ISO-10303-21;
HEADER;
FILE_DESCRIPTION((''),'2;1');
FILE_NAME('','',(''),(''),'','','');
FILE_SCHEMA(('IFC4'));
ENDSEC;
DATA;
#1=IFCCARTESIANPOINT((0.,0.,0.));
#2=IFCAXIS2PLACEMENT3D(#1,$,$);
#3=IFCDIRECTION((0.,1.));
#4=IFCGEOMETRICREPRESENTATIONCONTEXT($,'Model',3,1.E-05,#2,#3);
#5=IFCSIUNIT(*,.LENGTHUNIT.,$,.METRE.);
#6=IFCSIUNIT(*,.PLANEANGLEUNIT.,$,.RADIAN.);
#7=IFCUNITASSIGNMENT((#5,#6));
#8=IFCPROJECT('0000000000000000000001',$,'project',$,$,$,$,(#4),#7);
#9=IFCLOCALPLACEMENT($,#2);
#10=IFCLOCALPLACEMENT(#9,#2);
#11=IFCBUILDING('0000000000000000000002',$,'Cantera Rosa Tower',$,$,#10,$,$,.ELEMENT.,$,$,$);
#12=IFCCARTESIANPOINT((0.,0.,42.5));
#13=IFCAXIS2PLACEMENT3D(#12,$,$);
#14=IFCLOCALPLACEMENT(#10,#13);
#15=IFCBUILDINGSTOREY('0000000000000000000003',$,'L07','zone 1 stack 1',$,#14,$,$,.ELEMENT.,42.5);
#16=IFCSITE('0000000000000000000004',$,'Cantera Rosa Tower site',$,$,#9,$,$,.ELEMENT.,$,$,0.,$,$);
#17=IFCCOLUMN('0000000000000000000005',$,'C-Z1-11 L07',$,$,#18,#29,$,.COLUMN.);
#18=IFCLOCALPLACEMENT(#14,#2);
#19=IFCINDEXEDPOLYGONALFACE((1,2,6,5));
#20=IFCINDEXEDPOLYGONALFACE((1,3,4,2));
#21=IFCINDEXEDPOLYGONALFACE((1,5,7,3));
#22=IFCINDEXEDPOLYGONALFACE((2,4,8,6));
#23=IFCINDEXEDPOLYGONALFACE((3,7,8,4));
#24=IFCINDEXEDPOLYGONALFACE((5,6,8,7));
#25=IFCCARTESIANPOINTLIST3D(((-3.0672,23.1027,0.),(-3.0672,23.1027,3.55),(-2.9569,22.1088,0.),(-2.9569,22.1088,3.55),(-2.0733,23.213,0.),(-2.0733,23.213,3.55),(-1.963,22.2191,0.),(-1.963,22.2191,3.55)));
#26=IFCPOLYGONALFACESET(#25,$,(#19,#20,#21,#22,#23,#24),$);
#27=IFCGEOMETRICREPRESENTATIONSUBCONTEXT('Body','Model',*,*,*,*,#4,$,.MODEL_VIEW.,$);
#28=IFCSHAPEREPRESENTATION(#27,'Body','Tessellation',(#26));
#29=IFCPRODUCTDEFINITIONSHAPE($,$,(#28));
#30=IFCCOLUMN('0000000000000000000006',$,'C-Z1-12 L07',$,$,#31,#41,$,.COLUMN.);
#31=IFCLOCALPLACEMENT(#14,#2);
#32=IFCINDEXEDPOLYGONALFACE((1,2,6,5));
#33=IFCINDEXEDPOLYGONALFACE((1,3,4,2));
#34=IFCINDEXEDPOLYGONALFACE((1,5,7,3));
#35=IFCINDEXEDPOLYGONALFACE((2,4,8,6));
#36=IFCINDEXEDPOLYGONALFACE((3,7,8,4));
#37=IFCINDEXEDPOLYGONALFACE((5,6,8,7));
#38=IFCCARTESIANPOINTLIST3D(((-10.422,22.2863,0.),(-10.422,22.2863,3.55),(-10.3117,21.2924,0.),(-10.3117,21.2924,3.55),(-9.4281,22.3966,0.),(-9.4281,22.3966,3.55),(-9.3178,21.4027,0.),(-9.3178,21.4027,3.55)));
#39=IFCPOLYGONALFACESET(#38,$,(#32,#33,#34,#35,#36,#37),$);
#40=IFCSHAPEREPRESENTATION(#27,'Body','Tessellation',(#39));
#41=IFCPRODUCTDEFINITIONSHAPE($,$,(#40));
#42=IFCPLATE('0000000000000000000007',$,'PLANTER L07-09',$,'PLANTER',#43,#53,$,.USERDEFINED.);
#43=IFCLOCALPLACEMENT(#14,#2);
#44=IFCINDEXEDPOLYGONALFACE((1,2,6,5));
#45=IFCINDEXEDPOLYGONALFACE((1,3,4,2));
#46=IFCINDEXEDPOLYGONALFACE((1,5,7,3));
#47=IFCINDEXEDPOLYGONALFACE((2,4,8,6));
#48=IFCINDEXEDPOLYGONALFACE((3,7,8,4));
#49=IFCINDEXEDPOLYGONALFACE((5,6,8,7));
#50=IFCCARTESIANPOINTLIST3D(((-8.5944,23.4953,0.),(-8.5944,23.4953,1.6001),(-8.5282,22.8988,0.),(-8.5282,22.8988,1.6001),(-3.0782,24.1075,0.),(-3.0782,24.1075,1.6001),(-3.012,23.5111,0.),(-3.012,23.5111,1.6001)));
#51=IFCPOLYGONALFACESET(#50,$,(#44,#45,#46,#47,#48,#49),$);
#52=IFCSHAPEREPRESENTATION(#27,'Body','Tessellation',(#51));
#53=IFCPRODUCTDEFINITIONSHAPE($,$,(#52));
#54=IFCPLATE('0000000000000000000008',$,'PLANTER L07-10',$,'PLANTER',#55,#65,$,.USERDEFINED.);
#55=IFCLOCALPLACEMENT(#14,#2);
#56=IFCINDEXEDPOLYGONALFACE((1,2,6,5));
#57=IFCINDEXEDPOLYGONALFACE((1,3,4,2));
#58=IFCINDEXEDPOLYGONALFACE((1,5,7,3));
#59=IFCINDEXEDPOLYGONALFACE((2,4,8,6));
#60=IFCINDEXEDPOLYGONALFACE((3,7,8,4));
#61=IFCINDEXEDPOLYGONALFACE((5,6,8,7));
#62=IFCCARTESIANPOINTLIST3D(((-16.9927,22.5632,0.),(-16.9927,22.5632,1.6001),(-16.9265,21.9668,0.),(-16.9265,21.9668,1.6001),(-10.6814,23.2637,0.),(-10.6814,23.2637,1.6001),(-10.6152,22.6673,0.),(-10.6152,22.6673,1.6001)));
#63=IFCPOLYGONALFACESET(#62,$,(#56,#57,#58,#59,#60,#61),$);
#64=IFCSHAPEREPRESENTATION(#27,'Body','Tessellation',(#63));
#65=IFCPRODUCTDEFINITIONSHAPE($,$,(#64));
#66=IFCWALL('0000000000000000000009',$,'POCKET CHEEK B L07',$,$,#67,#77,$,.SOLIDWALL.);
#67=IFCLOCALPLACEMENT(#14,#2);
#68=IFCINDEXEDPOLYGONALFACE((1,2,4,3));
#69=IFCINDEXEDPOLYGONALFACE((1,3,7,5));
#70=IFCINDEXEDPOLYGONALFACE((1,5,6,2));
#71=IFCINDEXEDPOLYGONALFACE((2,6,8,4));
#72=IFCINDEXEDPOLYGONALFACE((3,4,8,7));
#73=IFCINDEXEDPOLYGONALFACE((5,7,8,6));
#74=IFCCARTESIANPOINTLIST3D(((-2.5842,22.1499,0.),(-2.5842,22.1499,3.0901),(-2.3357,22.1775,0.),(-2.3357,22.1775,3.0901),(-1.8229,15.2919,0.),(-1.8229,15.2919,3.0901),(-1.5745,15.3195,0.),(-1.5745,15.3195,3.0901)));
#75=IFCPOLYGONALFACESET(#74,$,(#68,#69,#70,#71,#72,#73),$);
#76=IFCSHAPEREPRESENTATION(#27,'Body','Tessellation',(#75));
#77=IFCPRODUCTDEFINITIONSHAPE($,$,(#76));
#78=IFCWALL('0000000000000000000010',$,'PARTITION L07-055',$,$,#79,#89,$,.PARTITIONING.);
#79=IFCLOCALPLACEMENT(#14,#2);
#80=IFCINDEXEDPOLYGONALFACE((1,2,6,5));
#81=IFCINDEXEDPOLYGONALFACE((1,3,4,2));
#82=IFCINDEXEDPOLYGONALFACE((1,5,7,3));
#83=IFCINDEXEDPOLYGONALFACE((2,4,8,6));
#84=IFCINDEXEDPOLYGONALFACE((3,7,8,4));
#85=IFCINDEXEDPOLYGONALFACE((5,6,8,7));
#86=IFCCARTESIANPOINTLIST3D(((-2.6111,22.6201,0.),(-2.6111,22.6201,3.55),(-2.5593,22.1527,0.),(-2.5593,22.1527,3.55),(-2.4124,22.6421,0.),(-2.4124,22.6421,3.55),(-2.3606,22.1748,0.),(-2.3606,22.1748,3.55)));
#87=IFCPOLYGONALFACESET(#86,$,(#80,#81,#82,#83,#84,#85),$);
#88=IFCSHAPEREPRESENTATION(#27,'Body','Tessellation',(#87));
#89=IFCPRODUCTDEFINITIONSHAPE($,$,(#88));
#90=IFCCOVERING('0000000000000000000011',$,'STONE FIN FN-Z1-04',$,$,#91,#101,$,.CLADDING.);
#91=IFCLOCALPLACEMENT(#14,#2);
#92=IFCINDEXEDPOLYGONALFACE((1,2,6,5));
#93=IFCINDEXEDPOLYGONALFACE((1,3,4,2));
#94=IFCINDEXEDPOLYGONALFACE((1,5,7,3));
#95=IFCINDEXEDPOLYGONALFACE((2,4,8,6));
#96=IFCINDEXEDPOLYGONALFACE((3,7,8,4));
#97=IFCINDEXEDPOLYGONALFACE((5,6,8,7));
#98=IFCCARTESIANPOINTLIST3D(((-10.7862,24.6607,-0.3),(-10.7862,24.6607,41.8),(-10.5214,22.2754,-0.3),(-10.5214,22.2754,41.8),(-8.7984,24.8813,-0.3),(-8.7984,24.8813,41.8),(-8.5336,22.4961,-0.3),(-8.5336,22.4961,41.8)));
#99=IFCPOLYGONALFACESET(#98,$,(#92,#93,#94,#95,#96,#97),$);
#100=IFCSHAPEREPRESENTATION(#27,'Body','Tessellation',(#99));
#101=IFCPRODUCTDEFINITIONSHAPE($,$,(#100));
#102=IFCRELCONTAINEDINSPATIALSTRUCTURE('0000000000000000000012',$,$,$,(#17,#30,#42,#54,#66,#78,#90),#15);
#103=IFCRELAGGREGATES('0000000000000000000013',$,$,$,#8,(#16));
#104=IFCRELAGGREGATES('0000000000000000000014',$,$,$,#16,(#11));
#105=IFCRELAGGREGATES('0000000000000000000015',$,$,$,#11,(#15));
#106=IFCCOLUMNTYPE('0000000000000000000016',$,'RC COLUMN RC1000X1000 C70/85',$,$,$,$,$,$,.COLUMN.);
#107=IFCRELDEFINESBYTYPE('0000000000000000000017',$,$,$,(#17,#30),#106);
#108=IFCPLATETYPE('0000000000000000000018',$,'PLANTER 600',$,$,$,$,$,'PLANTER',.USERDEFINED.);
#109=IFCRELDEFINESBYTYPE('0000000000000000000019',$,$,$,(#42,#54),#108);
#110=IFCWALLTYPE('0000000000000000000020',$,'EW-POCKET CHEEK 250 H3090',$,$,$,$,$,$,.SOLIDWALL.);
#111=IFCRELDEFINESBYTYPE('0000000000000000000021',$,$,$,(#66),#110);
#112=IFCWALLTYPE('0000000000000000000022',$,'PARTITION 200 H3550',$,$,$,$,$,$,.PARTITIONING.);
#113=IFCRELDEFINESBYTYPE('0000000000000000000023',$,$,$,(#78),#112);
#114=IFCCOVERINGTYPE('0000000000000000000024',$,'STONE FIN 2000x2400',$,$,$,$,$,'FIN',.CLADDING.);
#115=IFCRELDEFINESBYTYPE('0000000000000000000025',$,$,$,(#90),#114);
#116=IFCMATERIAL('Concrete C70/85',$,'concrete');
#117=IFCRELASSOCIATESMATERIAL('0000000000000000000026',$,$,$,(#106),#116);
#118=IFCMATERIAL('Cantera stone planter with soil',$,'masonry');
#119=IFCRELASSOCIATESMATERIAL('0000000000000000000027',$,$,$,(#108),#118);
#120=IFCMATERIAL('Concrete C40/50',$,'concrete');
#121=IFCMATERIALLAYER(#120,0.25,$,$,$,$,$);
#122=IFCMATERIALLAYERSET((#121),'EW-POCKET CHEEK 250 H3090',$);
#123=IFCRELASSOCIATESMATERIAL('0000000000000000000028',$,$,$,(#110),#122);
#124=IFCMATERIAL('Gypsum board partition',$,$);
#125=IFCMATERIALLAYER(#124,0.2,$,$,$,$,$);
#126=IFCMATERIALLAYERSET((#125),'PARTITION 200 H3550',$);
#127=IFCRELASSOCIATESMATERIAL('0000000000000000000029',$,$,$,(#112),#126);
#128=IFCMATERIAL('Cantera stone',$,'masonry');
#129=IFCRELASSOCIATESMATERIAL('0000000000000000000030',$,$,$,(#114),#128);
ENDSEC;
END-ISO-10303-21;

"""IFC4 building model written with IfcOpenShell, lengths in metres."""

from ifc_helpers import new_model, si_unit, direction, frame, frame_2d, origin, origin_2d, place, context, subcontext, project, spatial, rectangle, extrude, material, layer, layer_set, material_profile, profile_set, type_object, element, save


model = new_model("IFC4")

# Units and contexts
model_context = context("Model", 3, precision=1e-05, world=origin(), true_north=direction((0.0, 1.0)))
body_context = subcontext(model_context, "Body", "Model", "MODEL_VIEW")
ifc_project = project(units=[si_unit("LENGTHUNIT", "METRE"), si_unit("PLANEANGLEUNIT", "RADIAN")], contexts=[model_context])

# Site, building, storey
site_placement = place(None, origin())
site = spatial("IfcSite", under=ifc_project, at=site_placement, Name="Cantera Rosa Tower site", CompositionType="ELEMENT", RefElevation=0.0)
building_placement = place(site_placement, origin())
building = spatial("IfcBuilding", under=site, at=building_placement, Name="Cantera Rosa Tower", CompositionType="ELEMENT")
storey_placement = place(building_placement, frame((0.0, 0.0, 42.5)))
storey = spatial("IfcBuildingStorey", under=building, at=storey_placement, Name="L07", Description="zone 1 stack 1", CompositionType="ELEMENT", Elevation=42.5)

# Columns
ifc_material_1 = material(Name="Concrete C70/85", Category="concrete")
ifc_material_profile = material_profile(ifc_material_1, rectangle(XDim=1.0, YDim=1.0, at=origin_2d()), Name="RC COLUMN RC1000X1000 C70/85")
ifc_profile_set = profile_set([ifc_material_profile], Name="Concrete C70/85")
column_type = type_object("IfcColumnType", Name="RC COLUMN RC1000X1000 C70/85", PredefinedType="COLUMN", material=ifc_profile_set)
for number, where, z_axis, x_axis, name in (
    (1, (-2.5151, 22.6609, 0.0), (0.0, 0.0, 1.0), (0.993897, 0.110313, 0.0), "C-Z1-11 L07"),
    (2, (-9.8699, 21.8445, 0.0), (0.0, 0.0, 1.0), (0.993897, 0.110313, 0.0), "C-Z1-12 L07"),
):
    element("IfcColumn", number, at=place(storey_placement, frame(where, z_axis=z_axis, x_axis=x_axis)), inside=storey, type_object=column_type, Name=name, PredefinedType="COLUMN", context=body_context, shape_type="SweptSolid", body=[
        extrude(rectangle(XDim=1.0, YDim=1.0, at=origin_2d()), origin(), (0.0, 0.0, 1.0), 3.55),
    ])

# Plates
ifc_material_2 = material(Name="Cantera stone planter with soil", Category="masonry")
plate_type = type_object("IfcPlateType", Name="PLANTER 600", ElementType="PLANTER", PredefinedType="USERDEFINED", material=ifc_material_2)
plate_1_placement = place(storey_placement, frame((-5.8032, 23.5032, 0.0), z_axis=(0.0, 0.0, 1.0), x_axis=(-0.993897, -0.110313, 0.0)))
element("IfcPlate", 3, at=plate_1_placement, inside=storey, type_object=plate_type, Name="PLANTER L07-09", ObjectType="PLANTER", PredefinedType="USERDEFINED", context=body_context, shape_type="SweptSolid", body=[
    extrude(rectangle(XDim=5.55, YDim=0.6001, at=origin_2d()), origin(), (0.0, 0.0, 1.0), 1.6001),
])
plate_2_placement = place(storey_placement, frame((-13.804, 22.6152, 0.0), z_axis=(0.0, 0.0, 1.0), x_axis=(-0.993897, -0.110313, 0.0)))
element("IfcPlate", 4, at=plate_2_placement, inside=storey, type_object=plate_type, Name="PLANTER L07-10", ObjectType="PLANTER", PredefinedType="USERDEFINED", context=body_context, shape_type="SweptSolid", body=[
    extrude(rectangle(XDim=6.3501, YDim=0.6001, at=origin_2d()), origin(), (0.0, 0.0, 1.0), 1.6001),
])

# Walls
ifc_material_3 = material(Name="Concrete C40/50", Category="concrete")
ifc_layer_1 = layer(ifc_material_3, 0.25)
ifc_layer_set_1 = layer_set([ifc_layer_1], Name="EW-POCKET CHEEK 250 H3090")
wall_type_1 = type_object("IfcWallType", Name="EW-POCKET CHEEK 250 H3090", PredefinedType="SOLIDWALL", material=ifc_layer_set_1)
wall_1_placement = place(storey_placement, frame((-2.46, 22.1638, 0.0), z_axis=(0.0, 0.0, 1.0), x_axis=(0.110323, -0.993896, 0.0)))
element("IfcWall", 5, at=wall_1_placement, inside=storey, type_object=wall_type_1, Name="POCKET CHEEK B L07", PredefinedType="SOLIDWALL", context=body_context, shape_type="SweptSolid", body=[
    extrude(rectangle(XDim=6.9001, YDim=0.25, at=frame_2d((3.4502, 0.0))), origin(), (0.0, 0.0, 1.0), 3.0901),
])
ifc_material_4 = material(Name="Gypsum board partition")
ifc_layer_2 = layer(ifc_material_4, 0.2)
ifc_layer_set_2 = layer_set([ifc_layer_2], Name="PARTITION 200 H3550")
wall_type_2 = type_object("IfcWallType", Name="PARTITION 200 H3550", PredefinedType="PARTITIONING", material=ifc_layer_set_2)
wall_2_placement = place(storey_placement, frame((-2.5117, 22.6311, 0.0), z_axis=(0.0, 0.0, 1.0), x_axis=(0.11009, -0.993922, 0.0)))
element("IfcWall", 6, at=wall_2_placement, inside=storey, type_object=wall_type_2, Name="PARTITION L07-055", PredefinedType="PARTITIONING", context=body_context, shape_type="SweptSolid", body=[
    extrude(rectangle(XDim=0.4702, YDim=0.2, at=frame_2d((0.2351, 0.0))), origin(), (0.0, 0.0, 1.0), 3.55),
])

# Covering
ifc_material_5 = material(Name="Cantera stone", Category="masonry")
covering_type = type_object("IfcCoveringType", Name="STONE FIN 2000x2400", ElementType="FIN", PredefinedType="CLADDING", material=ifc_material_5)
covering_placement = place(storey_placement, frame((-9.6599, 23.5784, -0.3), z_axis=(0.0, 0.0, 1.0), x_axis=(-0.993897, -0.110313, 0.0)))
element("IfcCovering", 7, at=covering_placement, inside=storey, type_object=covering_type, Name="STONE FIN FN-Z1-04", PredefinedType="CLADDING", context=body_context, shape_type="SweptSolid", body=[
    extrude(rectangle(XDim=2.0, YDim=2.3999, at=origin_2d()), origin(), (0.0, 0.0, 1.0), 42.1001),
])

save(model, "model.ifc")
